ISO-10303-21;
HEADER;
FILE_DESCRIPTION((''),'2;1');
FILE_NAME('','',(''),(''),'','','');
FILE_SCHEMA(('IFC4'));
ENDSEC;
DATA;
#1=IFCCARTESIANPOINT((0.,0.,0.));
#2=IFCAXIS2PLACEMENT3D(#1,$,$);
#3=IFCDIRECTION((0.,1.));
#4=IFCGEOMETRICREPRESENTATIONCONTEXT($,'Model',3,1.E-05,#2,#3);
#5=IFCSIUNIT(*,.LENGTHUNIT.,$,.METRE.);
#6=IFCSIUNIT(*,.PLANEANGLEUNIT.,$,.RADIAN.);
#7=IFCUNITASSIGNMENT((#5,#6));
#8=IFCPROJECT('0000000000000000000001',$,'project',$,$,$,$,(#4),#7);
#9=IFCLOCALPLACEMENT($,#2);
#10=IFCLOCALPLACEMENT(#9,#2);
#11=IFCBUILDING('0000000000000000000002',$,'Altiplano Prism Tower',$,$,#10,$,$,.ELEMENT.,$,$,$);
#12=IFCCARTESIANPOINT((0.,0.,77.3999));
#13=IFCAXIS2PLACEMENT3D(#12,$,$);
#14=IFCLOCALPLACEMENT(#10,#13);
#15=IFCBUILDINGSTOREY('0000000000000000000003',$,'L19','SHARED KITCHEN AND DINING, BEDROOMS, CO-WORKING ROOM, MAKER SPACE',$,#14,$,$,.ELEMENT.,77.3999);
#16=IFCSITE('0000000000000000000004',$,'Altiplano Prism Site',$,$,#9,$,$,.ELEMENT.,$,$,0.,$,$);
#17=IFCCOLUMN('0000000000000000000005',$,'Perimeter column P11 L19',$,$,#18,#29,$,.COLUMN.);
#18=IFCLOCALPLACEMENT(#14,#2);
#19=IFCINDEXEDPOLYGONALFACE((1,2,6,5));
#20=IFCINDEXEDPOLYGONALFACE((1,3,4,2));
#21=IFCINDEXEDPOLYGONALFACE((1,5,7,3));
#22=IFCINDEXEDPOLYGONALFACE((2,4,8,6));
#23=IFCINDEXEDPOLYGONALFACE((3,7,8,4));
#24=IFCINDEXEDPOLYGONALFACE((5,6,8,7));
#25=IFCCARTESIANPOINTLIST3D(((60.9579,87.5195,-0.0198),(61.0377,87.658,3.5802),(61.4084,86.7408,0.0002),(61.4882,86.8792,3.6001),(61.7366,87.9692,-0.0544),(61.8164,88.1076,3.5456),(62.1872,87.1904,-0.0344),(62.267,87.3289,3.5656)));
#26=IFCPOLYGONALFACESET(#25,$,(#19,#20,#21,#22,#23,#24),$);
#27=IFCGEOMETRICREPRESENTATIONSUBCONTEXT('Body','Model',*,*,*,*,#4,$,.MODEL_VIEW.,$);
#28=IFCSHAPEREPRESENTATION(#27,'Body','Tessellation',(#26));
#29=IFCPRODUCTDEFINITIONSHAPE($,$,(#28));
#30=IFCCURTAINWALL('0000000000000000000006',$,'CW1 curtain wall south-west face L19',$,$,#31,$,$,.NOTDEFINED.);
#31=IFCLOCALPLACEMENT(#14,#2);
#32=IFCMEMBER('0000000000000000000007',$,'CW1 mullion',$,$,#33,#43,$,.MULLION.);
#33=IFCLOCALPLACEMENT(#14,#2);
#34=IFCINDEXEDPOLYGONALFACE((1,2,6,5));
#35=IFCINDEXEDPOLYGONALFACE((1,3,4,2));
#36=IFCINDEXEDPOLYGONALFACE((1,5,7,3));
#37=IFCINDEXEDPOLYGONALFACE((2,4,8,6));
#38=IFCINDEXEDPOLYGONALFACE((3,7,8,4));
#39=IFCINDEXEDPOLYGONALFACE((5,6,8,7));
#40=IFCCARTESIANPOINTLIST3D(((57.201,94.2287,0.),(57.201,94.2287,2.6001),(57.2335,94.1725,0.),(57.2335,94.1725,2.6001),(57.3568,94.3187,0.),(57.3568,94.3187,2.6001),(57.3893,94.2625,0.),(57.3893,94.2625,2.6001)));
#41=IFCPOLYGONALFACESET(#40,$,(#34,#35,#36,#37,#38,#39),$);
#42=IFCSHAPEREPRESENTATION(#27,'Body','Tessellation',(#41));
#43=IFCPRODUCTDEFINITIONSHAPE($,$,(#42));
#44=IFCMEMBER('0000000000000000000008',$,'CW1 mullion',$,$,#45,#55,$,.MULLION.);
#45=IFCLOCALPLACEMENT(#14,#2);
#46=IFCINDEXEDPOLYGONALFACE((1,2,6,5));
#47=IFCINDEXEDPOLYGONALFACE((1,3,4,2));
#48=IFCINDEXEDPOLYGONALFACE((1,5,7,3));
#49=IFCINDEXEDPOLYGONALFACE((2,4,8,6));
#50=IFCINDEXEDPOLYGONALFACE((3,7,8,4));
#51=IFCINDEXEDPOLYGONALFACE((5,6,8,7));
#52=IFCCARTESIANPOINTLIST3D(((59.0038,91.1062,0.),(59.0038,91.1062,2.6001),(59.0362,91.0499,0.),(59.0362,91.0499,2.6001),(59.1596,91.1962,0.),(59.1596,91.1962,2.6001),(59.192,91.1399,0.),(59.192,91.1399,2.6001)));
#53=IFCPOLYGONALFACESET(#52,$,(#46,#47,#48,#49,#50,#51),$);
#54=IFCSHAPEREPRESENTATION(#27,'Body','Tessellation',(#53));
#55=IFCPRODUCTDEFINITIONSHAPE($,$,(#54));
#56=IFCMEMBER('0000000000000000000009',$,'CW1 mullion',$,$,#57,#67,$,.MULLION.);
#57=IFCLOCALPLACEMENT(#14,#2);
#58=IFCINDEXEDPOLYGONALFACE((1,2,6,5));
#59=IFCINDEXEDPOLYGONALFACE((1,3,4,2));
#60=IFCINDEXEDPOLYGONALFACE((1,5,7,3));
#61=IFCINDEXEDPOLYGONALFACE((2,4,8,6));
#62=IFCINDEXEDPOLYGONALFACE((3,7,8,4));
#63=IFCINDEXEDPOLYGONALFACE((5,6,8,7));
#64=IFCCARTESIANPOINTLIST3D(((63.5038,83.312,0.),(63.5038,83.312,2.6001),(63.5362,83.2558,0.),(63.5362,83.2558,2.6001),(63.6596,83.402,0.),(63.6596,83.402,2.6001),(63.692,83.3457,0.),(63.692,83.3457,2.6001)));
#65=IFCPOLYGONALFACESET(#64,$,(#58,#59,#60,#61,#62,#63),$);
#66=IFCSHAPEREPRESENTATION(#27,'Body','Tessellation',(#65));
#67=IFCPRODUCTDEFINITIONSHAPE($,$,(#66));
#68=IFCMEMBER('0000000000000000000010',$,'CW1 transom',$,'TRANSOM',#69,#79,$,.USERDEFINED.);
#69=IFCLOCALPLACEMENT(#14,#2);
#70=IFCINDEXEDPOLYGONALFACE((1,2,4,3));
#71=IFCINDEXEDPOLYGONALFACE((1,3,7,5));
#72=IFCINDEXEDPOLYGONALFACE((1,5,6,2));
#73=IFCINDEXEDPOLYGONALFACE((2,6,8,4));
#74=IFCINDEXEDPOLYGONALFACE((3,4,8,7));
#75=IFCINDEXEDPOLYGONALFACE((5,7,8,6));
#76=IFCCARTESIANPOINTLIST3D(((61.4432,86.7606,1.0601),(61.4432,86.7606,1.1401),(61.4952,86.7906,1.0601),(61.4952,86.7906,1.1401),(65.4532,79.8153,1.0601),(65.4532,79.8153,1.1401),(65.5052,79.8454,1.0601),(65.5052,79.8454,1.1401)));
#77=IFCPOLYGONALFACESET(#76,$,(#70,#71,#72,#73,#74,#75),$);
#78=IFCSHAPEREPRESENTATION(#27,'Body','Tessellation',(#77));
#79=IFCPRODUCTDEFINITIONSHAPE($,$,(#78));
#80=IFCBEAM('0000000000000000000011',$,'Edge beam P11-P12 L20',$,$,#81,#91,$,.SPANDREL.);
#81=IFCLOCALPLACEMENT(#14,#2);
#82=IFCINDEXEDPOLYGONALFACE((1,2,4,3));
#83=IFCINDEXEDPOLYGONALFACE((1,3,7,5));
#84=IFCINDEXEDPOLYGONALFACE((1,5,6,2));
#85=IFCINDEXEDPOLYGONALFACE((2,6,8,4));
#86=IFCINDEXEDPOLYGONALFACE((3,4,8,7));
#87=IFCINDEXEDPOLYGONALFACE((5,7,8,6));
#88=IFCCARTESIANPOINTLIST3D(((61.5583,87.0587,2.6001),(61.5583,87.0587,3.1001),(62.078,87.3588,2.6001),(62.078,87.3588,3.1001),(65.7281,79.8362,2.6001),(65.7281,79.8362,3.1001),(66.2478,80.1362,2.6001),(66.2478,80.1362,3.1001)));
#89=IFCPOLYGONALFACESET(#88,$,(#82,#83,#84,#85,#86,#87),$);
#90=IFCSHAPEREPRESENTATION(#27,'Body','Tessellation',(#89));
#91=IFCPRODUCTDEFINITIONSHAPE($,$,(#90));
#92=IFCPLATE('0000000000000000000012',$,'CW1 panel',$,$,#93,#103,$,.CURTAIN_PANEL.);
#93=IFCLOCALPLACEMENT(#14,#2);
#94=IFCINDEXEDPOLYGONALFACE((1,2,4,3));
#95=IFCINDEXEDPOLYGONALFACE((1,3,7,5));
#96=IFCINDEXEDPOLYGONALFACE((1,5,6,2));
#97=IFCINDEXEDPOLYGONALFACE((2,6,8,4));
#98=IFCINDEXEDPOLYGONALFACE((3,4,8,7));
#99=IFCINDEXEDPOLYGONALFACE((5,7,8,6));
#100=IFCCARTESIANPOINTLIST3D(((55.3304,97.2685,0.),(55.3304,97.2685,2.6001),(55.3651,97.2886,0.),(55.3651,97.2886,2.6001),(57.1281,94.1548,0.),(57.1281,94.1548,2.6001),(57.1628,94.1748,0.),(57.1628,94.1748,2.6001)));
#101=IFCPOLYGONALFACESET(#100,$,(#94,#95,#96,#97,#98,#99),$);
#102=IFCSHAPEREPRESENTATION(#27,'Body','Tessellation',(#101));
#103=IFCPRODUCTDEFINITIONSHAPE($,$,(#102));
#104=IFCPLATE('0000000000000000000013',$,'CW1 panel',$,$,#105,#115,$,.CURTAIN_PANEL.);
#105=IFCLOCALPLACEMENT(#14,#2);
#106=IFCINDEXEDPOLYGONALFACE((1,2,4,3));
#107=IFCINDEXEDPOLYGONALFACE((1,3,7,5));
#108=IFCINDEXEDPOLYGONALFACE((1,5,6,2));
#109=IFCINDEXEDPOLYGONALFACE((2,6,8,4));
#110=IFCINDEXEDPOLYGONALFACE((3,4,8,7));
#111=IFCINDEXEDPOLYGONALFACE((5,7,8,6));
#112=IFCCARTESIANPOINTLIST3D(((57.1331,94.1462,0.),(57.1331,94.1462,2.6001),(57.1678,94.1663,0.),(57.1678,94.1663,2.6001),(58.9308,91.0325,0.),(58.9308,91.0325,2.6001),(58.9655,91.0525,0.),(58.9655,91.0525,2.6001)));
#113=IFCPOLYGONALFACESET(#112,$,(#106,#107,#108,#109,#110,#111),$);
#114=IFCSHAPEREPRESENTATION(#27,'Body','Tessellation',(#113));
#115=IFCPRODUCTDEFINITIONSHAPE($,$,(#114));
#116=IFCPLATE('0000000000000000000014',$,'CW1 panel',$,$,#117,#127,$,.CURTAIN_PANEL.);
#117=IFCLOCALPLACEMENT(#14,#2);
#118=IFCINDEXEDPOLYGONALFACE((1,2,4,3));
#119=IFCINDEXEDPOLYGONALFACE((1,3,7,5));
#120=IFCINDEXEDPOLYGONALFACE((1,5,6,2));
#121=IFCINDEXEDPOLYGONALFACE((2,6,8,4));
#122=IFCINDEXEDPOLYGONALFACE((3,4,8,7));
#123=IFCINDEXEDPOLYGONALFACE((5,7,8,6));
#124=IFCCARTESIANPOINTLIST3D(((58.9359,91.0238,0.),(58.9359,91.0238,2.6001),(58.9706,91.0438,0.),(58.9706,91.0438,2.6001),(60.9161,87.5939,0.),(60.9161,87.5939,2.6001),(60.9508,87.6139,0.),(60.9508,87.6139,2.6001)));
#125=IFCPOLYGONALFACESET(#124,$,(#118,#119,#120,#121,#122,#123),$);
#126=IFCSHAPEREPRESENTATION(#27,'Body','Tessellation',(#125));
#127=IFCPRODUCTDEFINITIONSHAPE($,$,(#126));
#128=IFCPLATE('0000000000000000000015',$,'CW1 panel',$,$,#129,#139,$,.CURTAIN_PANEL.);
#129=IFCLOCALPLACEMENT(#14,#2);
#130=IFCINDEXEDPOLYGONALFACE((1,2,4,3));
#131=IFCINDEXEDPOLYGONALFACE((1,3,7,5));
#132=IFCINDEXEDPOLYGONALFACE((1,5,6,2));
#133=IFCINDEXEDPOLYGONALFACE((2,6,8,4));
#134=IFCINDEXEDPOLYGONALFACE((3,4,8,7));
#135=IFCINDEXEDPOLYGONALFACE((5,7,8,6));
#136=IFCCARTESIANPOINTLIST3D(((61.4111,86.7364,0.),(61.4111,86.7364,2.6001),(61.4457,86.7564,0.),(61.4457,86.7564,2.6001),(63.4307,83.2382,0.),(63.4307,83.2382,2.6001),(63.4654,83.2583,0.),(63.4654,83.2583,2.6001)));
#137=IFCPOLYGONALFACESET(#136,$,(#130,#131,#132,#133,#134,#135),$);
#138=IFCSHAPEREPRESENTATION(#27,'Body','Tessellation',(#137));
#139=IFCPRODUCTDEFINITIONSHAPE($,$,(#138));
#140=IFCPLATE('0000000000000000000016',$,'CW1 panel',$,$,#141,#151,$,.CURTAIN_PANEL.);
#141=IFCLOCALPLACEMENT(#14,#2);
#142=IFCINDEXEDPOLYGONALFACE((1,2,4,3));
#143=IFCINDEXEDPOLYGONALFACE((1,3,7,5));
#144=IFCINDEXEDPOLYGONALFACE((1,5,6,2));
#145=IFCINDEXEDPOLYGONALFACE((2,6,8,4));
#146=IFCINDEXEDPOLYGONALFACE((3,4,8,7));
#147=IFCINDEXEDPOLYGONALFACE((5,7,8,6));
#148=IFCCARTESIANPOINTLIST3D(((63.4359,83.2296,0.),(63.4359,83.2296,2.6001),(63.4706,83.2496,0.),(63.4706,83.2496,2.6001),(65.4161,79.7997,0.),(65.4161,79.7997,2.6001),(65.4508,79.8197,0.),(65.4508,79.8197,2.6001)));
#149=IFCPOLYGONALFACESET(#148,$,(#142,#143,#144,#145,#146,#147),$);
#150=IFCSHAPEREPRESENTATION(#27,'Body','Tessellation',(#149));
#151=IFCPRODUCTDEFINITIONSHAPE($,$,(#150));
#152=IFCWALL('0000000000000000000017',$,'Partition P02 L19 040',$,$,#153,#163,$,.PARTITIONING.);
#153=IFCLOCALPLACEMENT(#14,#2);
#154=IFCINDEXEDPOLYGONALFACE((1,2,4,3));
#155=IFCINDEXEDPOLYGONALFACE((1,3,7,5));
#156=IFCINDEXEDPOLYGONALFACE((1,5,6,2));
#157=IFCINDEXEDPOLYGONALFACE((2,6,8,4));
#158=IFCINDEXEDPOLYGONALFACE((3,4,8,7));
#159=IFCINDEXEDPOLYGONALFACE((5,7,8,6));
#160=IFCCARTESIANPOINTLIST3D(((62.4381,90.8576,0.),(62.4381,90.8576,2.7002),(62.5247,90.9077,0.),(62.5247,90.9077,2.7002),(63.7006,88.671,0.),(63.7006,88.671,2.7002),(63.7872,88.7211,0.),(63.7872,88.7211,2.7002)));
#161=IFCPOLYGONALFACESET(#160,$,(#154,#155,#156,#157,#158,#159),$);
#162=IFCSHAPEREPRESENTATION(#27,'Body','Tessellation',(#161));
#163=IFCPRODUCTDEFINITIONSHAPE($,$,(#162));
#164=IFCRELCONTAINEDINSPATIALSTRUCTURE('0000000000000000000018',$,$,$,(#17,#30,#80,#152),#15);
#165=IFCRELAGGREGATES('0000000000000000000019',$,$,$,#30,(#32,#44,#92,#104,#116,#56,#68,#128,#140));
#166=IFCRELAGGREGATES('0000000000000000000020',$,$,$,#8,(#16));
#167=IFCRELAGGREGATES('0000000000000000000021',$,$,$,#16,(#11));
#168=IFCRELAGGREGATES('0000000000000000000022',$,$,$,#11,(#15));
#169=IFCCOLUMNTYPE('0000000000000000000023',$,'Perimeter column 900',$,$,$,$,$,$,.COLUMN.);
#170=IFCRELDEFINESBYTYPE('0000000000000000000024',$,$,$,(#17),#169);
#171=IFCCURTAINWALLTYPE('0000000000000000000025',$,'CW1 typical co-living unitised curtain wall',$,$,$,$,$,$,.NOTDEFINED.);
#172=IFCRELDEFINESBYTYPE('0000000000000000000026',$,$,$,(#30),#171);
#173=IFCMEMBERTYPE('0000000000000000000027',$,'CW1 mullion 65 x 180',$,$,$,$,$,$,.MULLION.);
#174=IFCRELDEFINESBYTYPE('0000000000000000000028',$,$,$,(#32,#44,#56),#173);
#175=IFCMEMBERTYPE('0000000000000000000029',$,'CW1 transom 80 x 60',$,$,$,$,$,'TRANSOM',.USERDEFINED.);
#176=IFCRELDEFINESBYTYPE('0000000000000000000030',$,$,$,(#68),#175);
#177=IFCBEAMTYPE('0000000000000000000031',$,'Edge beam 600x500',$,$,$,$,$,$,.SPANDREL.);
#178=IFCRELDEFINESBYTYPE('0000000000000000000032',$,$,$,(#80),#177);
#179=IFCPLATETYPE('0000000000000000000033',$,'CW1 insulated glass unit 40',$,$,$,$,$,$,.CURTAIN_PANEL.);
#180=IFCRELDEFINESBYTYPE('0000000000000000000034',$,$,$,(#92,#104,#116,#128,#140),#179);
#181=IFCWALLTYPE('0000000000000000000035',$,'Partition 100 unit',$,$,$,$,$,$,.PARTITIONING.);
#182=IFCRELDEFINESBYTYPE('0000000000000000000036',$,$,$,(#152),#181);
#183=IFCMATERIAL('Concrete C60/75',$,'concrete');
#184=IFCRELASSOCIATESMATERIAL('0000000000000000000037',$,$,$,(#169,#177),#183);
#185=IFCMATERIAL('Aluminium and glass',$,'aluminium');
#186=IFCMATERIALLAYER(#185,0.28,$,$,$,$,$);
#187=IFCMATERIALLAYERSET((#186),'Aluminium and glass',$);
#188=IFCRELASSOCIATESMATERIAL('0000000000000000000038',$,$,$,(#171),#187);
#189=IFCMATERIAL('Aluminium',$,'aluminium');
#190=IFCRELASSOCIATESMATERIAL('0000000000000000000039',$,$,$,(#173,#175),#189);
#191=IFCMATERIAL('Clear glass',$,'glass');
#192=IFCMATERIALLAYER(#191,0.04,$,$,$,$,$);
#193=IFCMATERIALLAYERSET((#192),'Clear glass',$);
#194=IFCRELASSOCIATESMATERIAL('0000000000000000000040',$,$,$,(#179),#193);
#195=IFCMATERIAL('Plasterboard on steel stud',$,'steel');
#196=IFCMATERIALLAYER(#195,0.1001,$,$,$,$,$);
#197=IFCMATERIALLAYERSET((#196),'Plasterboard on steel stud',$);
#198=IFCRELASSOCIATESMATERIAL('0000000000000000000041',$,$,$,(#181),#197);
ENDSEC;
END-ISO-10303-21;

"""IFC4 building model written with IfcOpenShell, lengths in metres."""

from ifc_helpers import new_model, si_unit, direction, frame, frame_2d, origin, origin_2d, place, context, subcontext, project, spatial, rectangle, extrude, material, layer, layer_set, material_profile, profile_set, type_object, element, aggregate, save


model = new_model("IFC4")

# Units and contexts
model_context = context("Model", 3, precision=1e-05, world=origin(), true_north=direction((0.0, 1.0)))
body_context = subcontext(model_context, "Body", "Model", "MODEL_VIEW")
ifc_project = project(units=[si_unit("LENGTHUNIT", "METRE"), si_unit("PLANEANGLEUNIT", "RADIAN")], contexts=[model_context])

# Site, building, storey
site_placement = place(None, origin())
site = spatial("IfcSite", under=ifc_project, at=site_placement, Name="Altiplano Prism Site", CompositionType="ELEMENT", RefElevation=0.0)
building_placement = place(site_placement, origin())
building = spatial("IfcBuilding", under=site, at=building_placement, Name="Altiplano Prism Tower", CompositionType="ELEMENT")
storey_placement = place(building_placement, frame((0.0, 0.0, 77.3999)))
storey = spatial("IfcBuildingStorey", under=building, at=storey_placement, Name="L19", Description="SHARED KITCHEN AND DINING, BEDROOMS, CO-WORKING ROOM, MAKER SPACE", CompositionType="ELEMENT", Elevation=77.3999)

# Column
ifc_material_1 = material(Name="Concrete C60/75", Category="concrete")
ifc_material_profile_1 = material_profile(ifc_material_1, rectangle(XDim=0.8999, YDim=0.8999, at=origin_2d()), Name="Perimeter column 900")
ifc_profile_set_1 = profile_set([ifc_material_profile_1], Name="Concrete C60/75")
column_type = type_object("IfcColumnType", Name="Perimeter column 900", PredefinedType="COLUMN", material=ifc_profile_set_1)
column_placement = place(storey_placement, frame((61.5725, 87.355, -0.0271), z_axis=(0.022155, 0.038416, 0.999016), x_axis=(-0.865362, -0.499674, 0.038405)))
element("IfcColumn", 1, at=column_placement, inside=storey, type_object=column_type, Name="Perimeter column P11 L19", PredefinedType="COLUMN", context=body_context, shape_type="SweptSolid", body=[
    extrude(rectangle(XDim=0.8999, YDim=0.8999, at=origin_2d()), origin(), (0.0, 0.0, 1.0), 3.6035),
])

# Curtain wall, members
ifc_material_2 = material(Name="Aluminium and glass", Category="aluminium")
ifc_layer_1 = layer(ifc_material_2, 0.28)
ifc_layer_set_1 = layer_set([ifc_layer_1], Name="Aluminium and glass")
curtain_wall_type = type_object("IfcCurtainWallType", Name="CW1 typical co-living unitised curtain wall", PredefinedType="NOTDEFINED", material=ifc_layer_set_1)
curtain_wall_placement = place(storey_placement, origin())
curtain_wall = element("IfcCurtainWall", 2, at=curtain_wall_placement, inside=storey, type_object=curtain_wall_type, Name="CW1 curtain wall south-west face L19", PredefinedType="NOTDEFINED")
ifc_material_3 = material(Name="Aluminium", Category="aluminium")
ifc_material_profile_2 = material_profile(ifc_material_3, rectangle(XDim=0.1799, YDim=0.0649, at=origin_2d()), Name="CW1 mullion 65 x 180")
ifc_profile_set_2 = profile_set([ifc_material_profile_2], Name="Aluminium")
member_type_1 = type_object("IfcMemberType", Name="CW1 mullion 65 x 180", PredefinedType="MULLION", material=ifc_profile_set_2)
member_1_placement = place(storey_placement, frame((57.2952, 94.2456, 0.0), z_axis=(0.0, 0.0, 1.0), x_axis=(0.866025, 0.5, 0.0)))
member_1 = element("IfcMember", 3, at=member_1_placement, type_object=member_type_1, Name="CW1 mullion", PredefinedType="MULLION", context=body_context, shape_type="SweptSolid", body=[
    extrude(rectangle(XDim=0.1799, YDim=0.0649, at=origin_2d()), origin(), (0.0, 0.0, 1.0), 2.6001),
])
member_2_placement = place(storey_placement, frame((59.0979, 91.123, 0.0), z_axis=(0.0, 0.0, 1.0), x_axis=(0.866025, 0.5, 0.0)))
member_2 = element("IfcMember", 4, at=member_2_placement, type_object=member_type_1, Name="CW1 mullion", PredefinedType="MULLION", context=body_context, shape_type="SweptSolid", body=[
    extrude(rectangle(XDim=0.1799, YDim=0.0649, at=origin_2d()), origin(), (0.0, 0.0, 1.0), 2.6001),
])
member_3_placement = place(storey_placement, frame((63.5979, 83.3289, 0.0), z_axis=(0.0, 0.0, 1.0), x_axis=(0.866025, 0.5, 0.0)))
member_3 = element("IfcMember", 5, at=member_3_placement, type_object=member_type_1, Name="CW1 mullion", PredefinedType="MULLION", context=body_context, shape_type="SweptSolid", body=[
    extrude(rectangle(XDim=0.1799, YDim=0.0649, at=origin_2d()), origin(), (0.0, 0.0, 1.0), 2.6001),
])
ifc_material_profile_3 = material_profile(ifc_material_3, rectangle(XDim=0.0601, YDim=0.0801, at=origin_2d()), Name="CW1 transom 80 x 60")
ifc_profile_set_3 = profile_set([ifc_material_profile_3], Name="Aluminium")
member_type_2 = type_object("IfcMemberType", Name="CW1 transom 80 x 60", ElementType="TRANSOM", PredefinedType="USERDEFINED", material=ifc_profile_set_3)
member_4_placement = place(storey_placement, frame((61.4692, 86.7756, 1.1001), z_axis=(0.500012, -0.866018, 0.0), x_axis=(0.866018, 0.500012, 0.0)))
member_4 = element("IfcMember", 6, at=member_4_placement, type_object=member_type_2, Name="CW1 transom", ObjectType="TRANSOM", PredefinedType="USERDEFINED", context=body_context, shape_type="SweptSolid", body=[
    extrude(rectangle(XDim=0.0601, YDim=0.0801, at=origin_2d()), origin(), (0.0, 0.0, 1.0), 8.0198),
])

# Beam
ifc_material_profile_4 = material_profile(ifc_material_1, rectangle(XDim=0.6001, YDim=0.5, at=origin_2d()), Name="Edge beam 600x500")
ifc_profile_set_4 = profile_set([ifc_material_profile_4], Name="Concrete C60/75")
beam_type = type_object("IfcBeamType", Name="Edge beam 600x500", PredefinedType="SPANDREL", material=ifc_profile_set_4)
beam_placement = place(storey_placement, frame((61.8181, 87.2087, 2.8501), z_axis=(0.499993, -0.86603, 0.0), x_axis=(0.86603, 0.499993, 0.0)))
element("IfcBeam", 7, at=beam_placement, inside=storey, type_object=beam_type, Name="Edge beam P11-P12 L20", PredefinedType="SPANDREL", context=body_context, shape_type="SweptSolid", body=[
    extrude(rectangle(XDim=0.6001, YDim=0.5, at=origin_2d()), origin(), (0.0, 0.0, 1.0), 8.3398),
])

# Plates
ifc_material_4 = material(Name="Clear glass", Category="glass")
ifc_layer_2 = layer(ifc_material_4, 0.04)
ifc_layer_set_2 = layer_set([ifc_layer_2], Name="Clear glass")
plate_type = type_object("IfcPlateType", Name="CW1 insulated glass unit 40", PredefinedType="CURTAIN_PANEL", material=ifc_layer_set_2)
plate_1_placement = place(storey_placement, frame((56.2466, 95.7217, 0.0), z_axis=(0.0, 0.0, 1.0), x_axis=(0.5, -0.866025, 0.0)))
plate_1 = element("IfcPlate", 8, at=plate_1_placement, type_object=plate_type, Name="CW1 panel", PredefinedType="CURTAIN_PANEL", context=body_context, shape_type="SweptSolid", body=[
    extrude(rectangle(XDim=3.5955, YDim=0.04, at=origin_2d()), origin(), (0.0, 0.0, 1.0), 2.6001),
])
plate_2_placement = place(storey_placement, frame((58.0493, 92.5994, 0.0), z_axis=(0.0, 0.0, 1.0), x_axis=(0.5, -0.866025, 0.0)))
plate_2 = element("IfcPlate", 9, at=plate_2_placement, type_object=plate_type, Name="CW1 panel", PredefinedType="CURTAIN_PANEL", context=body_context, shape_type="SweptSolid", body=[
    extrude(rectangle(XDim=3.5955, YDim=0.04, at=origin_2d()), origin(), (0.0, 0.0, 1.0), 2.6001),
])
plate_3_placement = place(storey_placement, frame((59.9434, 89.3188, 0.0), z_axis=(0.0, 0.0, 1.0), x_axis=(0.5, -0.866025, 0.0)))
plate_3 = element("IfcPlate", 10, at=plate_3_placement, type_object=plate_type, Name="CW1 panel", PredefinedType="CURTAIN_PANEL", context=body_context, shape_type="SweptSolid", body=[
    extrude(rectangle(XDim=3.9604, YDim=0.04, at=origin_2d()), origin(), (0.0, 0.0, 1.0), 2.6001),
])
plate_4_placement = place(storey_placement, frame((62.4382, 84.9973, 0.0), z_axis=(0.0, 0.0, 1.0), x_axis=(0.5, -0.866025, 0.0)))
plate_4 = element("IfcPlate", 11, at=plate_4_placement, type_object=plate_type, Name="CW1 panel", PredefinedType="CURTAIN_PANEL", context=body_context, shape_type="SweptSolid", body=[
    extrude(rectangle(XDim=4.0393, YDim=0.04, at=origin_2d()), origin(), (0.0, 0.0, 1.0), 2.6001),
])
plate_5_placement = place(storey_placement, frame((64.4434, 81.5247, 0.0), z_axis=(0.0, 0.0, 1.0), x_axis=(0.5, -0.866025, 0.0)))
plate_5 = element("IfcPlate", 12, at=plate_5_placement, type_object=plate_type, Name="CW1 panel", PredefinedType="CURTAIN_PANEL", context=body_context, shape_type="SweptSolid", body=[
    extrude(rectangle(XDim=3.9604, YDim=0.04, at=origin_2d()), origin(), (0.0, 0.0, 1.0), 2.6001),
])
aggregate(curtain_wall, [member_1, member_2, plate_1, plate_2, plate_3, member_3, member_4, plate_4, plate_5])

# Wall
ifc_material_5 = material(Name="Plasterboard on steel stud", Category="steel")
ifc_layer_3 = layer(ifc_material_5, 0.1001)
ifc_layer_set_3 = layer_set([ifc_layer_3], Name="Plasterboard on steel stud")
wall_type_1 = type_object("IfcWallType", Name="Partition 100 unit", PredefinedType="PARTITIONING", material=ifc_layer_set_3)
wall_1_placement = place(storey_placement, frame((63.7439, 88.696, 0.0), z_axis=(0.0, 0.0, 1.0), x_axis=(-0.500018, 0.866015, 0.0)))
element("IfcWall", 13, at=wall_1_placement, inside=storey, type_object=wall_type_1, Name="Partition P02 L19 040", PredefinedType="PARTITIONING", context=body_context, shape_type="SweptSolid", body=[
    extrude(rectangle(XDim=2.5249, YDim=0.1001, at=frame_2d((1.2625, 0.0))), origin(), (0.0, 0.0, 1.0), 2.7002),
])

save(model, "model.ifc")
